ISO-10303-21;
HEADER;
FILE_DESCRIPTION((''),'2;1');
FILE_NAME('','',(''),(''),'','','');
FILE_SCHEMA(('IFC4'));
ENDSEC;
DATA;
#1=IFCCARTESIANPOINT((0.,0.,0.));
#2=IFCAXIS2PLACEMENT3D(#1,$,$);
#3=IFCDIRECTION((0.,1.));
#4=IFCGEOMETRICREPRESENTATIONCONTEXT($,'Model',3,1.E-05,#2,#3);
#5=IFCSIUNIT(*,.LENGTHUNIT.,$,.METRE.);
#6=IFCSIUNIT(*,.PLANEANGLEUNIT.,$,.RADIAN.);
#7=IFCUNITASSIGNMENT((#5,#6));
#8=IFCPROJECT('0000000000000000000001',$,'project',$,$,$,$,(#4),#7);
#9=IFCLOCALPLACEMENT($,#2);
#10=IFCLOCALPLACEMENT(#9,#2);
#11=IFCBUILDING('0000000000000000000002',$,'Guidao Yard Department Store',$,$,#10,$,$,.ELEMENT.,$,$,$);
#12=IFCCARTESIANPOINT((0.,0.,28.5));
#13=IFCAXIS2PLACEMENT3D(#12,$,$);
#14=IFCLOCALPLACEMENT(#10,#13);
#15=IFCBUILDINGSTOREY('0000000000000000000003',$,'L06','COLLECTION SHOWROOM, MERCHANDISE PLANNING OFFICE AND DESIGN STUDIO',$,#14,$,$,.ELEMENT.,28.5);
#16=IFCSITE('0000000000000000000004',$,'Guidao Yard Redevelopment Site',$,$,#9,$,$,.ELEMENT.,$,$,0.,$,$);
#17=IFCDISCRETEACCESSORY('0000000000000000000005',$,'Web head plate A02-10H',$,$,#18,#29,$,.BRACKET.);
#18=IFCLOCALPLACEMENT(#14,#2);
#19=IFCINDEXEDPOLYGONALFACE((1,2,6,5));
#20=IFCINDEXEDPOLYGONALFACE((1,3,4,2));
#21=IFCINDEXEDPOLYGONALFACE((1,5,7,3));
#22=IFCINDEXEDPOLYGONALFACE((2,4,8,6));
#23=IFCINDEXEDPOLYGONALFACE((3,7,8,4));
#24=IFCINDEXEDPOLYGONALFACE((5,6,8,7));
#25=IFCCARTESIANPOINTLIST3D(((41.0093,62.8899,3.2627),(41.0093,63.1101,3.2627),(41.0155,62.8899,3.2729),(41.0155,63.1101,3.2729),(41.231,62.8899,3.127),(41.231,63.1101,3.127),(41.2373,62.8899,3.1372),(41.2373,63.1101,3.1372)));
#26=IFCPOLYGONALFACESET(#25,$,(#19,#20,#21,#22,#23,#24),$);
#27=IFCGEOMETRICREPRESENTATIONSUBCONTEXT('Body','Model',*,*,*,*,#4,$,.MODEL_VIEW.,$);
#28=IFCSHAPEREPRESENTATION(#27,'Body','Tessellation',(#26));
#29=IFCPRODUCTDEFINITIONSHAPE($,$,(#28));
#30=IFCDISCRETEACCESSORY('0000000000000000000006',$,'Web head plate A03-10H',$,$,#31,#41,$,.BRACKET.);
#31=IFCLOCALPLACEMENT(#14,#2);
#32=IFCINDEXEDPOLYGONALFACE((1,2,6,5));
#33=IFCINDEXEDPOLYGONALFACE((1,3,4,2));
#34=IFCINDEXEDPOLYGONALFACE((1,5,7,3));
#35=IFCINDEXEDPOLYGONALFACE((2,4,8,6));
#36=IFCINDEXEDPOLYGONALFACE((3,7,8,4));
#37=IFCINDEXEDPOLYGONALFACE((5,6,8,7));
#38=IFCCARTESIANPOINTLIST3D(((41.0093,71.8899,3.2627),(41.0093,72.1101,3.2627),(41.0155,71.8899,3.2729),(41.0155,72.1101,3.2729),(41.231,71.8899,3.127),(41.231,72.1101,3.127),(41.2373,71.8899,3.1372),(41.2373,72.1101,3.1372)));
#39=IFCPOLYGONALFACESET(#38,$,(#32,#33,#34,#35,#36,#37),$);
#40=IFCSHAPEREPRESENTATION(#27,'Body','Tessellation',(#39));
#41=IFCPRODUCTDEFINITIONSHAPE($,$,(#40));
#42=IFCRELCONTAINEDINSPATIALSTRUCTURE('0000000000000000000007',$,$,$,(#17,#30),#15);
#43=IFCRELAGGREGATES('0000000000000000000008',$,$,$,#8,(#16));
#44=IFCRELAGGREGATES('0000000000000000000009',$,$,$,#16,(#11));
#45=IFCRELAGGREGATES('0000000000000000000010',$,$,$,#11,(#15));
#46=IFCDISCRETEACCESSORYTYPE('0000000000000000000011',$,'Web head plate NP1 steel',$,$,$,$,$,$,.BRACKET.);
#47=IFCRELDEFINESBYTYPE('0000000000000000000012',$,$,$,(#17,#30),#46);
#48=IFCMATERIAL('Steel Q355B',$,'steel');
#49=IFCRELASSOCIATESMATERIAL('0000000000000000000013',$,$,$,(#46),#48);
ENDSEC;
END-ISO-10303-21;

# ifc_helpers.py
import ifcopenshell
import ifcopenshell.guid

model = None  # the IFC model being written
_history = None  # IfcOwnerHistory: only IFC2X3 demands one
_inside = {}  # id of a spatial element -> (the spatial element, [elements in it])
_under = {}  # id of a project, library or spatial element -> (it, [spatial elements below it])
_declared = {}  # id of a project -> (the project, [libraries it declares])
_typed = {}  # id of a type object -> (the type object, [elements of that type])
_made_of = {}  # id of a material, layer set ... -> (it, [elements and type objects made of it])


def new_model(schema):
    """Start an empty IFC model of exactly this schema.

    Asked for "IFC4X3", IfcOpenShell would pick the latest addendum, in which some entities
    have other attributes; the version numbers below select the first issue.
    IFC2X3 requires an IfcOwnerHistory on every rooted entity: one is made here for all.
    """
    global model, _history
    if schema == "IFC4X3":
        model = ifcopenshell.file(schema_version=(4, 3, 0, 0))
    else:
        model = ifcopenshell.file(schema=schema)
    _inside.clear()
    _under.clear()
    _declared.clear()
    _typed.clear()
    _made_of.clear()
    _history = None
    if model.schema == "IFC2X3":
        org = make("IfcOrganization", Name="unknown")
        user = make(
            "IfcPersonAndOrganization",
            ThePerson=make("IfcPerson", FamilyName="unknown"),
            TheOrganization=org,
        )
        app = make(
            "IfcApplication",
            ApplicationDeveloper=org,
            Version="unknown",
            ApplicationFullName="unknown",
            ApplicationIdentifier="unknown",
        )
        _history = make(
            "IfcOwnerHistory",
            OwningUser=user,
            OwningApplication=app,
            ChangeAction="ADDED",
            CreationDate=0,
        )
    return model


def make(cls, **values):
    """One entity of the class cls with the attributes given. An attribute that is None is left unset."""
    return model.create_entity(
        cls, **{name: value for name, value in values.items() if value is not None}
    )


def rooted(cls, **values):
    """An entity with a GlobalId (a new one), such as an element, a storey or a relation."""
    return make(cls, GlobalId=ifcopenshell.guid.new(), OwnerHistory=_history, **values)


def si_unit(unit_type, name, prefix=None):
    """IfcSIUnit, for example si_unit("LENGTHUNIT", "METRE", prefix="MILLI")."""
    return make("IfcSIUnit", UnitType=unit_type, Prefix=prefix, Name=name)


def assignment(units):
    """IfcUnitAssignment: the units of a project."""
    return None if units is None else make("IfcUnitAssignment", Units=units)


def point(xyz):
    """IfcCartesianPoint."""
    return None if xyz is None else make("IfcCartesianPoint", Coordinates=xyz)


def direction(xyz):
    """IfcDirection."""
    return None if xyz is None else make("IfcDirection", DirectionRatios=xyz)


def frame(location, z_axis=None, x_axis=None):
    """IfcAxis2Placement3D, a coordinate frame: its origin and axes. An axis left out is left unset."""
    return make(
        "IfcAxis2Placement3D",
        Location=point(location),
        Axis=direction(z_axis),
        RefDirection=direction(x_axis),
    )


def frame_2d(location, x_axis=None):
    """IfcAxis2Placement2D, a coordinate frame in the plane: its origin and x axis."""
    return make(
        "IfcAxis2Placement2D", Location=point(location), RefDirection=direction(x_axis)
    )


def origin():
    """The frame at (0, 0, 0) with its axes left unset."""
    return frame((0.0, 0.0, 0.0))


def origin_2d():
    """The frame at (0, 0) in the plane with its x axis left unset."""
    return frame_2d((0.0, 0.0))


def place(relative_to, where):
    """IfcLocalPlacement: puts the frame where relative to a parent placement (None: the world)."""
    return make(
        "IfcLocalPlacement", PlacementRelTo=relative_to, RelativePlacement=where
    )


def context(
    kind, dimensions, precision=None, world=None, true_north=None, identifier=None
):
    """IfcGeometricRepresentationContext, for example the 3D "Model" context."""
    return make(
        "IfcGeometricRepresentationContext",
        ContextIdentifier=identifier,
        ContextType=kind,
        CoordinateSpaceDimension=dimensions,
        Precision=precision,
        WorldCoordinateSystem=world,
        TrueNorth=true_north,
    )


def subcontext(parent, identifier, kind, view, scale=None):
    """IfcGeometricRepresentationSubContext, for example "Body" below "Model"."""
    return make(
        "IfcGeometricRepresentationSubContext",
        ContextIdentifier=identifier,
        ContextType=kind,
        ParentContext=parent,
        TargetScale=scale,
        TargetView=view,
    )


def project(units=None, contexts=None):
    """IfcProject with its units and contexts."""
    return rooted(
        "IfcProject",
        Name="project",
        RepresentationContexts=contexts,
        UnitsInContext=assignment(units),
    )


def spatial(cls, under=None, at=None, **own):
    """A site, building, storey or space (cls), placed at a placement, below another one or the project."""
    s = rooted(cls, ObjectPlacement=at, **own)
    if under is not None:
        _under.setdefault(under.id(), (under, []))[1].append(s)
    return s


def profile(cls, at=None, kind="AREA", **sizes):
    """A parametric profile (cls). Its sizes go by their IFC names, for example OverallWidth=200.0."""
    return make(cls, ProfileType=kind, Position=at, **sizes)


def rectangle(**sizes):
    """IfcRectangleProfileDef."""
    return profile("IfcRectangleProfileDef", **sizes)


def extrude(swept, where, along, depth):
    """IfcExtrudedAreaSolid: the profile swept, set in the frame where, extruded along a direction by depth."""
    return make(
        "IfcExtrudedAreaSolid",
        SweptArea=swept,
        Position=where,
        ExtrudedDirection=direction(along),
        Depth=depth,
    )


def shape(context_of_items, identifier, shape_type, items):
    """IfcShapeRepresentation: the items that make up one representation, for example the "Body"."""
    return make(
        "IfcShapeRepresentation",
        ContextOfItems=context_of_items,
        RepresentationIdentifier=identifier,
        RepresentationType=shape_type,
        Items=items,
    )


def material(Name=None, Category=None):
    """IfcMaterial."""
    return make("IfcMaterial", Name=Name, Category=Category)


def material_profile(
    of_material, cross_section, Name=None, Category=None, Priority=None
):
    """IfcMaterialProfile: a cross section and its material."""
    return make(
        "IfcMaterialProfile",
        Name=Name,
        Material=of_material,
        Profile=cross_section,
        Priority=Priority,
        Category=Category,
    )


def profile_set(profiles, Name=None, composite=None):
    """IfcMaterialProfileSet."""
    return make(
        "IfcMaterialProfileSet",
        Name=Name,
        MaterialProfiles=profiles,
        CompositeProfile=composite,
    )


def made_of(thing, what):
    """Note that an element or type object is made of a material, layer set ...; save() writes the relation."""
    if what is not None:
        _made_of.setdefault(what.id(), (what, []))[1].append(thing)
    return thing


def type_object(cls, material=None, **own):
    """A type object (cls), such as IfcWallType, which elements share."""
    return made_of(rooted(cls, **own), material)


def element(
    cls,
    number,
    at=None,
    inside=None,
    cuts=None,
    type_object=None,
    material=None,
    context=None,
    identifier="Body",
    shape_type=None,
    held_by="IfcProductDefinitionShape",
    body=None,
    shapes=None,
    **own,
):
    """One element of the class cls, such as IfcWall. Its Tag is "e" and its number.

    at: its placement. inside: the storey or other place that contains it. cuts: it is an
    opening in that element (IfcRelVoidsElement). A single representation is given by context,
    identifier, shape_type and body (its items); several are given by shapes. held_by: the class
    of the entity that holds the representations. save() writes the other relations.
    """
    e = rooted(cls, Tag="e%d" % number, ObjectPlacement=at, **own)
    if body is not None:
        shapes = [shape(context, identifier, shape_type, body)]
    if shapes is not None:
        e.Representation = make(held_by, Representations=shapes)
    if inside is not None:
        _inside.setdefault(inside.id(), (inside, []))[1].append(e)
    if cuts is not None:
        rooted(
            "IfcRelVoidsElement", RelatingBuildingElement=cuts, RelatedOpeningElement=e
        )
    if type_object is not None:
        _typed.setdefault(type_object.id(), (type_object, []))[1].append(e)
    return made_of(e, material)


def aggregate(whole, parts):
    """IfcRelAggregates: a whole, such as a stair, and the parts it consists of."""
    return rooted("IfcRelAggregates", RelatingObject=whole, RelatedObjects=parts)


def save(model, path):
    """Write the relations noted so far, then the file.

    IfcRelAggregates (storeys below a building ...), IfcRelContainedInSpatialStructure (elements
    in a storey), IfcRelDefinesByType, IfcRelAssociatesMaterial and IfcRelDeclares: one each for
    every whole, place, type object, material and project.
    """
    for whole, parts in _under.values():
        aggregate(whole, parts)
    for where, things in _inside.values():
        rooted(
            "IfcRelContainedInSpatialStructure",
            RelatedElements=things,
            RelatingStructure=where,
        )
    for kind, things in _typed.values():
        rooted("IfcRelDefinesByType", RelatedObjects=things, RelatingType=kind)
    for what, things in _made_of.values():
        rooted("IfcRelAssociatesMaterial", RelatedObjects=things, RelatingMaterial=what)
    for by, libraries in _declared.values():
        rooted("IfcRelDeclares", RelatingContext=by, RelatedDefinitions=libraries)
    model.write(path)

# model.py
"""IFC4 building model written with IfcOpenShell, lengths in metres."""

from ifc_helpers import new_model, si_unit, direction, frame, origin, origin_2d, place, context, subcontext, project, spatial, rectangle, extrude, material, material_profile, profile_set, type_object, element, save


model = new_model("IFC4")

# Units and contexts
model_context = context("Model", 3, precision=1e-05, world=origin(), true_north=direction((0.0, 1.0)))
body_context = subcontext(model_context, "Body", "Model", "MODEL_VIEW")
ifc_project = project(units=[si_unit("LENGTHUNIT", "METRE"), si_unit("PLANEANGLEUNIT", "RADIAN")], contexts=[model_context])

# Site, building, storey
site_placement = place(None, origin())
site = spatial("IfcSite", under=ifc_project, at=site_placement, Name="Guidao Yard Redevelopment Site", CompositionType="ELEMENT", RefElevation=0.0)
building_placement = place(site_placement, origin())
building = spatial("IfcBuilding", under=site, at=building_placement, Name="Guidao Yard Department Store", CompositionType="ELEMENT")
storey_placement = place(building_placement, frame((0.0, 0.0, 28.5)))
storey = spatial("IfcBuildingStorey", under=building, at=storey_placement, Name="L06", Description="COLLECTION SHOWROOM, MERCHANDISE PLANNING OFFICE AND DESIGN STUDIO", CompositionType="ELEMENT", Elevation=28.5)

# Discrete accessories
ifc_material_1 = material(Name="Steel Q355B", Category="steel")
ifc_material_profile_1 = material_profile(ifc_material_1, rectangle(XDim=0.26, YDim=0.012, at=origin_2d()), Name="Node plate 260x12")
ifc_profile_set_1 = profile_set([ifc_material_profile_1], Name="Steel Q355B")
discrete_accessory_type_1 = type_object("IfcDiscreteAccessoryType", Name="Web head plate NP1 steel", PredefinedType="BRACKET", material=ifc_profile_set_1)
for number, where, z_axis, x_axis, name in (
    (1, (41.1233, 62.8899, 3.2), (0.0, 1.0, 0.0), (-0.852874, 0.0, 0.522116), "Web head plate A02-10H"),
    (2, (41.1233, 71.8899, 3.2), (0.0, 1.0, 0.0), (-0.852874, 0.0, 0.522116), "Web head plate A03-10H"),
):
    element("IfcDiscreteAccessory", number, at=place(storey_placement, frame(where, z_axis=z_axis, x_axis=x_axis)), inside=storey, type_object=discrete_accessory_type_1, Name=name, PredefinedType="BRACKET", context=body_context, shape_type="SweptSolid", body=[
        extrude(rectangle(XDim=0.26, YDim=0.012, at=origin_2d()), origin(), (0.0, 0.0, 1.0), 0.2202),
    ])

save(model, "model.ifc")
